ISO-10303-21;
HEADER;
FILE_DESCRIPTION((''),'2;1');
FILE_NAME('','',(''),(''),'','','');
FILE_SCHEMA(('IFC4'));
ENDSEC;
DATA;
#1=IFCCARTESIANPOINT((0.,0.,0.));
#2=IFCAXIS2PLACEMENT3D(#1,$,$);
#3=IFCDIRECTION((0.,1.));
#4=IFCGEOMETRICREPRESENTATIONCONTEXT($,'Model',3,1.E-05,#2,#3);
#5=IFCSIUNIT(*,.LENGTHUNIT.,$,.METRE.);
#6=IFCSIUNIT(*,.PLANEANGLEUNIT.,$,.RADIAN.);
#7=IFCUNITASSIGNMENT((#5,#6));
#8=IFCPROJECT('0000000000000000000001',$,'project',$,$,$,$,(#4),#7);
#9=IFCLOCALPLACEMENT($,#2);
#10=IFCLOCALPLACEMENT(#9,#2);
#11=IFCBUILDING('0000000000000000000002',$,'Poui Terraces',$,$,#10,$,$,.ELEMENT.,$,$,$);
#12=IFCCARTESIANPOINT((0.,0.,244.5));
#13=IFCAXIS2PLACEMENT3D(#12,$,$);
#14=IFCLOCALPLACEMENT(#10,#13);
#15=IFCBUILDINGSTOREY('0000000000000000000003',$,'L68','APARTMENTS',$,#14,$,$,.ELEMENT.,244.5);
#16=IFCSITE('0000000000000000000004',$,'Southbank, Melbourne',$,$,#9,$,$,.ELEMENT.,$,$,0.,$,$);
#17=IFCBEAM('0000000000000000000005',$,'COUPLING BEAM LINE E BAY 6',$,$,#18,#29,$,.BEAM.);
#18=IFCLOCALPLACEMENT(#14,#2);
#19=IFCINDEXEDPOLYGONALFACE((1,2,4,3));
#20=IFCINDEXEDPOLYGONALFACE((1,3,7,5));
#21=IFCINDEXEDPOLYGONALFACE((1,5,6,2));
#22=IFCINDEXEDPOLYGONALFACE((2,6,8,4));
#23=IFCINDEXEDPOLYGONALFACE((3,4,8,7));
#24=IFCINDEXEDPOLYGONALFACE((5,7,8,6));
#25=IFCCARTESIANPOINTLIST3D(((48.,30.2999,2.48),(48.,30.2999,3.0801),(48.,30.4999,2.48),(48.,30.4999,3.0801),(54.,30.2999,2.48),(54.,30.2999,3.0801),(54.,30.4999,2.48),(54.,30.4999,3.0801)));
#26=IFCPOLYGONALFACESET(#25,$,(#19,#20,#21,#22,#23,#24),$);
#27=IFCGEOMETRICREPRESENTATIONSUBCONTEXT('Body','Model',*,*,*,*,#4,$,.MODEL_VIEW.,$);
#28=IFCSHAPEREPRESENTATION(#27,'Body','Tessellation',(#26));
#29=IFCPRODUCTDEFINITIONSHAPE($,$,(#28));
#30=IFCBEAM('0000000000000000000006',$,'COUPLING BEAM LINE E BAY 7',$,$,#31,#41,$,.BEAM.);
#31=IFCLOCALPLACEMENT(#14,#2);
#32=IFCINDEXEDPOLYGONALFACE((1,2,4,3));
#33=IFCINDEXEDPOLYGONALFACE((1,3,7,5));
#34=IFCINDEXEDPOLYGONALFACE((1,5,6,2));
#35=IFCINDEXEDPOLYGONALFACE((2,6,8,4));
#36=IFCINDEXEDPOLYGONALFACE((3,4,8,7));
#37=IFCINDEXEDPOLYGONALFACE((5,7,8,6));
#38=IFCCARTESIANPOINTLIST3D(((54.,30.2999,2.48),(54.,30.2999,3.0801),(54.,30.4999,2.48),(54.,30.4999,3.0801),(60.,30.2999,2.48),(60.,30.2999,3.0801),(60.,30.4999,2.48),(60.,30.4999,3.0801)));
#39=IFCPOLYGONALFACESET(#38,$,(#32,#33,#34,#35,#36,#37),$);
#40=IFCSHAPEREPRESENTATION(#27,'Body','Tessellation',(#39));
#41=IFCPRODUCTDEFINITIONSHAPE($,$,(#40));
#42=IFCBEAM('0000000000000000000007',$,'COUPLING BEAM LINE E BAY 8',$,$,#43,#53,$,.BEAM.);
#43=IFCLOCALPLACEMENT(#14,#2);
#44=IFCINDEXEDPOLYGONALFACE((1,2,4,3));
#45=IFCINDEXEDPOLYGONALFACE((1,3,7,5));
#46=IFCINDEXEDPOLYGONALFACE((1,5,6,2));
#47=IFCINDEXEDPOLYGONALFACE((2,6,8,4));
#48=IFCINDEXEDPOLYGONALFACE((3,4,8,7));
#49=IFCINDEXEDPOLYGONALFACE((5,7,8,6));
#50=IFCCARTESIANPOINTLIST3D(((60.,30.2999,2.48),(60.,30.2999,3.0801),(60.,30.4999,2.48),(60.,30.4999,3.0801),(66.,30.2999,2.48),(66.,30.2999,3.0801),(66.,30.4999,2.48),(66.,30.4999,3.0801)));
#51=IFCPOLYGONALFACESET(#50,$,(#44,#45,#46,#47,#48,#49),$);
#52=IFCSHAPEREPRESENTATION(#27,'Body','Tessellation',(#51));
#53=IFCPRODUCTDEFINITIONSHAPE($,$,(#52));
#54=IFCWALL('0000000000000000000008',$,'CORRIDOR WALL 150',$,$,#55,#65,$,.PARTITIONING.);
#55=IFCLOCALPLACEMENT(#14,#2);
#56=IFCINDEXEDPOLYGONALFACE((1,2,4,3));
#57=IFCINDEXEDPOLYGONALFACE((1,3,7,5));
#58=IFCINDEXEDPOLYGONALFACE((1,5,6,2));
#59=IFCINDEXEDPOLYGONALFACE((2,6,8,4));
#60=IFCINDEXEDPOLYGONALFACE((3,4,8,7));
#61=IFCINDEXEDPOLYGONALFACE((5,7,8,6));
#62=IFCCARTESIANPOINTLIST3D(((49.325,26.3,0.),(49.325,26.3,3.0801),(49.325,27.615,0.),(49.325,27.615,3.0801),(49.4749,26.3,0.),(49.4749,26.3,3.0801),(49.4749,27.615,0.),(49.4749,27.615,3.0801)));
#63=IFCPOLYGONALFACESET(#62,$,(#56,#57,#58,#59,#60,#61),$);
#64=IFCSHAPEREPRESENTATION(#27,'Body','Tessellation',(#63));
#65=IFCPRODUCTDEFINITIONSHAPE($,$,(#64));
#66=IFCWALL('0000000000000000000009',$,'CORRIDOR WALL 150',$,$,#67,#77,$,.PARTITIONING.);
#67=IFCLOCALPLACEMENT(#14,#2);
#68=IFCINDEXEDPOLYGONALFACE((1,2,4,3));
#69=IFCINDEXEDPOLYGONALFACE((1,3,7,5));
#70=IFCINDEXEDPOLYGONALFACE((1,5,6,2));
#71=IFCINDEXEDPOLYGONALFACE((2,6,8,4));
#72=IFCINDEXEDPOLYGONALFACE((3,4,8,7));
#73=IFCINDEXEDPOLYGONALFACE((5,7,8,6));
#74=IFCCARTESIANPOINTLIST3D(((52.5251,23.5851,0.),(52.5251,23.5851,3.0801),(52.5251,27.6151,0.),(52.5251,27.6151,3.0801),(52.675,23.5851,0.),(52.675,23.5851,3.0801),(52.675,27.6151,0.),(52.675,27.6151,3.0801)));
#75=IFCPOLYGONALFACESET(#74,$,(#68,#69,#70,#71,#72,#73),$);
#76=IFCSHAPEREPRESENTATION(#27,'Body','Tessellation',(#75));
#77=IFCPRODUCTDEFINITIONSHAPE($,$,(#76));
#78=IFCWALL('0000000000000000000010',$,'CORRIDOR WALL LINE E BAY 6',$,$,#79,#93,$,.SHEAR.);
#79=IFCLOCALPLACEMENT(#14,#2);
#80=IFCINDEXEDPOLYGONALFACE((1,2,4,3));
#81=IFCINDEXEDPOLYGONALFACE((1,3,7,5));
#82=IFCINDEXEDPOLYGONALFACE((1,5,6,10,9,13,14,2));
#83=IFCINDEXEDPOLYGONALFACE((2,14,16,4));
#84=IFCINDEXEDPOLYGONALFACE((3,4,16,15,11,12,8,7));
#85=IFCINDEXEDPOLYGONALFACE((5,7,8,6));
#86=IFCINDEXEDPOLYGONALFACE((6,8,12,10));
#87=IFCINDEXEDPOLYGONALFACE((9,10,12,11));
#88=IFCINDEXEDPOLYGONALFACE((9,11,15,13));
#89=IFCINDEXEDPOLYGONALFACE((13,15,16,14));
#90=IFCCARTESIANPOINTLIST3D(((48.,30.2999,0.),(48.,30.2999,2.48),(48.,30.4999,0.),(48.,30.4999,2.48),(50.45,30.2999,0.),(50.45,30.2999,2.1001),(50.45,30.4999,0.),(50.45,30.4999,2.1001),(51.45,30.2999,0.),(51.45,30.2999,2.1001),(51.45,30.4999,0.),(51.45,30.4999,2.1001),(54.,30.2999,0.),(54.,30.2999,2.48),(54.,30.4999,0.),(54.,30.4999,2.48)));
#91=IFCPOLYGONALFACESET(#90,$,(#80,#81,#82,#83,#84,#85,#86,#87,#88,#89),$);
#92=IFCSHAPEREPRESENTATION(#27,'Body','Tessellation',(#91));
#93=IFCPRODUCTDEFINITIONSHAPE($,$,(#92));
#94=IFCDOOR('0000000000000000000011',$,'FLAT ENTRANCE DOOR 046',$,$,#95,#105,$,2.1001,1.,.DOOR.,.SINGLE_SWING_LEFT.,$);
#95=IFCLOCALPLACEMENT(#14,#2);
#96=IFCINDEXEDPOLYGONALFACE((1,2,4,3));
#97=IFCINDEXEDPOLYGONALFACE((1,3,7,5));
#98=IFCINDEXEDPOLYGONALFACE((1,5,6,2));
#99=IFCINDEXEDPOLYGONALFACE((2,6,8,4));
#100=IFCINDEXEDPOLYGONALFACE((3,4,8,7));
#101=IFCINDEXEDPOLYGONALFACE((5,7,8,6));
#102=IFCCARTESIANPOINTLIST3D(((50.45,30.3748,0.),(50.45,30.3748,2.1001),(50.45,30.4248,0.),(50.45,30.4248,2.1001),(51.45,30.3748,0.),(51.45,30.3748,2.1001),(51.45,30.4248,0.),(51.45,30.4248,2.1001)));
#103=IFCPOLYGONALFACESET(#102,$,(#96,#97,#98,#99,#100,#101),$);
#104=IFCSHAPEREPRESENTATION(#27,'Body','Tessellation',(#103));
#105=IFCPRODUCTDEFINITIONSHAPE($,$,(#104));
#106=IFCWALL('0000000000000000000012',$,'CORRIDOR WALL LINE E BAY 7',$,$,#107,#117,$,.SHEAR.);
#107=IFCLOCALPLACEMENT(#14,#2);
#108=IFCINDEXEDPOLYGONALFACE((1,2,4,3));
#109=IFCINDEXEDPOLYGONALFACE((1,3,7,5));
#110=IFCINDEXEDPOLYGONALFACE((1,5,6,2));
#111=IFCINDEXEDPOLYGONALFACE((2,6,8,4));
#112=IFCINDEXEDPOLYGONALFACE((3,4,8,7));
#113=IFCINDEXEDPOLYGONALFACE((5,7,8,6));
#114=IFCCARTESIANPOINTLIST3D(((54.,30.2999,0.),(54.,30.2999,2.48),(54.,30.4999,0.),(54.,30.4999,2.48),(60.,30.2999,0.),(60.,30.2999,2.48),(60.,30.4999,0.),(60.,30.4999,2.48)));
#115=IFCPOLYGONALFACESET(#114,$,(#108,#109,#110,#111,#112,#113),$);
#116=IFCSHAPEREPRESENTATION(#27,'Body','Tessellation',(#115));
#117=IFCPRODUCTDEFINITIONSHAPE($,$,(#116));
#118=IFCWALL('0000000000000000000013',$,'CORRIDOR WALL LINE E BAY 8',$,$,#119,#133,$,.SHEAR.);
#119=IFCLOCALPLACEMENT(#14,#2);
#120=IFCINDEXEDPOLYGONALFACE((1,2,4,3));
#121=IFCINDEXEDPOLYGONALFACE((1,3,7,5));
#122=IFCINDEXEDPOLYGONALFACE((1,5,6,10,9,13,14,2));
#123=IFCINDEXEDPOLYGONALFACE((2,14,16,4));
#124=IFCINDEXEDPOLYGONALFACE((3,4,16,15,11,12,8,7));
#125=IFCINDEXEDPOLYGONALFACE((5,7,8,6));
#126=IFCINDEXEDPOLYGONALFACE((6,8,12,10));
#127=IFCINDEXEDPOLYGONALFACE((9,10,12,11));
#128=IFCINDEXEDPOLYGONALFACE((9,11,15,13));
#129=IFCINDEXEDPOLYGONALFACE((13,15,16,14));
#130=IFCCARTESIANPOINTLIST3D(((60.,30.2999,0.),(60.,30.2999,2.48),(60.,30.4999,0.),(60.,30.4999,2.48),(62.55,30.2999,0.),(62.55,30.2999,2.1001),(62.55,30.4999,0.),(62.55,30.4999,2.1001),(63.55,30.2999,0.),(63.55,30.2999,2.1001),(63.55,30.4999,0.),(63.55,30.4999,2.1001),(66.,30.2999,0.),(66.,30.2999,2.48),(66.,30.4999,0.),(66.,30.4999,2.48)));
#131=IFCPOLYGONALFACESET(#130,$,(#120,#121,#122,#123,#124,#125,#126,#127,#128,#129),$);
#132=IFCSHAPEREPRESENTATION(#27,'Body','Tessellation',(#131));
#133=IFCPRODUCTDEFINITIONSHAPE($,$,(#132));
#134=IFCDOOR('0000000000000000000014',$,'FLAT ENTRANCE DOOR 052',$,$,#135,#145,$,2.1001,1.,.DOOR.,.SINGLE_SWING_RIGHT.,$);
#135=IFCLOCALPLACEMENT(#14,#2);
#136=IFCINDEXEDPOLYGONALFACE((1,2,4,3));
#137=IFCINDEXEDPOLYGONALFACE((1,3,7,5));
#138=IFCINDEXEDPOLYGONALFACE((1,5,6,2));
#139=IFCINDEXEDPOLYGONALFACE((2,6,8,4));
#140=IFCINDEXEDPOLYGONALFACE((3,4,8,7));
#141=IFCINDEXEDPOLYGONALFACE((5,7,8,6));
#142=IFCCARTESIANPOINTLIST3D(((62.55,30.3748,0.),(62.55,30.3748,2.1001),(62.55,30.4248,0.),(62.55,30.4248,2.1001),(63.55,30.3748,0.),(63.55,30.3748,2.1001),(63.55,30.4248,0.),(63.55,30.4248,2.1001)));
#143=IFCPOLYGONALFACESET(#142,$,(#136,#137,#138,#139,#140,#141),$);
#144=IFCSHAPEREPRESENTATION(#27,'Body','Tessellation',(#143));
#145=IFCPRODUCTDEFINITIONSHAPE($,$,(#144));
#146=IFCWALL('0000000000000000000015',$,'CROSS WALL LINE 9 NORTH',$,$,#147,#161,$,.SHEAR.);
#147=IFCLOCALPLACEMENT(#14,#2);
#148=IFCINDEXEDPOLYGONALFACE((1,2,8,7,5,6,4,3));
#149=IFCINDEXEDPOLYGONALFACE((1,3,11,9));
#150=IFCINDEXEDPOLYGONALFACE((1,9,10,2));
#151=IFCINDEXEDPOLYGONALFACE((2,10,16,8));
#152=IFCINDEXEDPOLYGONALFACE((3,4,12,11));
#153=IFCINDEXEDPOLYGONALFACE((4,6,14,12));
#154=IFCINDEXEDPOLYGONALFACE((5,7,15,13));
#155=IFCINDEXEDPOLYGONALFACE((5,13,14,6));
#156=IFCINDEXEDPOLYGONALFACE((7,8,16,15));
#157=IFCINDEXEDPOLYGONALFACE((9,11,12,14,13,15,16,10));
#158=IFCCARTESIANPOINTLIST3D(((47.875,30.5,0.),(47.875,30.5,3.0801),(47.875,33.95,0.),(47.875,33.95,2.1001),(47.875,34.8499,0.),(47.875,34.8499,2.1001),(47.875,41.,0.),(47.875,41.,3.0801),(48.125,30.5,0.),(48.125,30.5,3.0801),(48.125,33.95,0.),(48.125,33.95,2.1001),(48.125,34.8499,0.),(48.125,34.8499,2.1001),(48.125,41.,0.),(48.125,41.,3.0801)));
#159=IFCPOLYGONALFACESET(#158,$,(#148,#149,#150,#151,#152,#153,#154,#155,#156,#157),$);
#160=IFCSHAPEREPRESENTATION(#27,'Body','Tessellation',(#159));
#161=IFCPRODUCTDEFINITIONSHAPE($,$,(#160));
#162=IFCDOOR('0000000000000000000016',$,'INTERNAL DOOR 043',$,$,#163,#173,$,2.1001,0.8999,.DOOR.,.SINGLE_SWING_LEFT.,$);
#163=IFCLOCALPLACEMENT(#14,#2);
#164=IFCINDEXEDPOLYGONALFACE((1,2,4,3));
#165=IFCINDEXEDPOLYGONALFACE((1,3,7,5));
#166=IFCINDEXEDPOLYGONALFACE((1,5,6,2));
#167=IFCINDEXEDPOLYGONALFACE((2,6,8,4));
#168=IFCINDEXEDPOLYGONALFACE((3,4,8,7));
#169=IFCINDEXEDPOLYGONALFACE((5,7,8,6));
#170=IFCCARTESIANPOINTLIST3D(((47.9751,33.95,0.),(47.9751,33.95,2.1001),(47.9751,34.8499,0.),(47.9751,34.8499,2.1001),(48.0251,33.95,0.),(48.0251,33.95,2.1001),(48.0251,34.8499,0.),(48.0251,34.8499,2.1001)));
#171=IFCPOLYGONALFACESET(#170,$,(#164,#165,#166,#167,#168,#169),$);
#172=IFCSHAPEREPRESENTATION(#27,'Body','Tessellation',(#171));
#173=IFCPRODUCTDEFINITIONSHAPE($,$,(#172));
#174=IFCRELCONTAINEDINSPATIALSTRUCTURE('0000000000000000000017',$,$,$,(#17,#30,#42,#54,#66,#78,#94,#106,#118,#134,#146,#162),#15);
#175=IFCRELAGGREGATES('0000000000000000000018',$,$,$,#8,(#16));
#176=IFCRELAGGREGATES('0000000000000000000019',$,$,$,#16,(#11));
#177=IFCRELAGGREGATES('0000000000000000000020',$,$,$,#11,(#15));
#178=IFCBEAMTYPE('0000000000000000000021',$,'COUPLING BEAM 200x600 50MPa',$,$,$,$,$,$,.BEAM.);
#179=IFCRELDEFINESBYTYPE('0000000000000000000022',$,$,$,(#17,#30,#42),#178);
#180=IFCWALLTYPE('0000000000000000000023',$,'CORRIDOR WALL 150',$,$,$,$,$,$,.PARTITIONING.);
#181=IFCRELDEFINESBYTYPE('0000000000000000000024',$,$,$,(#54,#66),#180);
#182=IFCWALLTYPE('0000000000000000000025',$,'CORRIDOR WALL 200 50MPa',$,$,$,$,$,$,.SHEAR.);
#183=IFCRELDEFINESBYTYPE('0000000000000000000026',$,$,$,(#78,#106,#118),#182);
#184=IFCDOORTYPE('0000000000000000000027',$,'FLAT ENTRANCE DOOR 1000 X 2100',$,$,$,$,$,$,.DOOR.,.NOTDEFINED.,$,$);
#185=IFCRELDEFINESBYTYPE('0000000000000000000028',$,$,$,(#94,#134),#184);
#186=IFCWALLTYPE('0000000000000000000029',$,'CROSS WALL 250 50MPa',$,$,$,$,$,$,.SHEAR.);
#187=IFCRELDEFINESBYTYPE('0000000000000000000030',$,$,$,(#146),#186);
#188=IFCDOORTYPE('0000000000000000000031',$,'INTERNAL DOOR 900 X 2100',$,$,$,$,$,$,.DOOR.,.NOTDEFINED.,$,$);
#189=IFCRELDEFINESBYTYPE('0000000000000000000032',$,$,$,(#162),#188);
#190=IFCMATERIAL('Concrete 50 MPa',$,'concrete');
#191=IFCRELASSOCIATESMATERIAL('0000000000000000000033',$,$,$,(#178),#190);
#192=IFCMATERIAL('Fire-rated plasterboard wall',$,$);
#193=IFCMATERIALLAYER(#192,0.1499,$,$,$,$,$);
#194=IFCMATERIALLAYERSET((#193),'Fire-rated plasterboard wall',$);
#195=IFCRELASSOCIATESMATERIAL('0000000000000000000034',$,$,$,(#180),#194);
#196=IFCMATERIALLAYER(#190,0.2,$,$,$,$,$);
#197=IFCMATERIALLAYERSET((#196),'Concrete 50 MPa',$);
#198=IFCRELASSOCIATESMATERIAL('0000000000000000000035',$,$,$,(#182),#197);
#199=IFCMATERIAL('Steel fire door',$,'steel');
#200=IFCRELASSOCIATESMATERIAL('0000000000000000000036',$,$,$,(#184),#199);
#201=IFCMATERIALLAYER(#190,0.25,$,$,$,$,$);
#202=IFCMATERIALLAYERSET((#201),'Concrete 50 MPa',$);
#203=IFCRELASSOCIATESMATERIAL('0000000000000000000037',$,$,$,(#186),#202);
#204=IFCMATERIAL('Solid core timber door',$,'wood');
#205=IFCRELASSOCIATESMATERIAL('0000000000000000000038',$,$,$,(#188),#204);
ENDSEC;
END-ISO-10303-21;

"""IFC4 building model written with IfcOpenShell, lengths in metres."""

from ifc_helpers import new_model, si_unit, direction, frame, frame_2d, origin, origin_2d, place, context, subcontext, project, spatial, rectangle, extrude, source, transform, mapped, material, layer, layer_set, material_profile, profile_set, type_object, element, fill, save


model = new_model("IFC4")

# Units and contexts
model_context = context("Model", 3, precision=1e-05, world=origin(), true_north=direction((0.0, 1.0)))
body_context = subcontext(model_context, "Body", "Model", "MODEL_VIEW")
ifc_project = project(units=[si_unit("LENGTHUNIT", "METRE"), si_unit("PLANEANGLEUNIT", "RADIAN")], contexts=[model_context])

# Site, building, storey
site_placement = place(None, origin())
site = spatial("IfcSite", under=ifc_project, at=site_placement, Name="Southbank, Melbourne", CompositionType="ELEMENT", RefElevation=0.0)
building_placement = place(site_placement, origin())
building = spatial("IfcBuilding", under=site, at=building_placement, Name="Poui Terraces", CompositionType="ELEMENT")
storey_placement = place(building_placement, frame((0.0, 0.0, 244.5)))
storey = spatial("IfcBuildingStorey", under=building, at=storey_placement, Name="L68", Description="APARTMENTS", CompositionType="ELEMENT", Elevation=244.5)

# Beams
ifc_material_1 = material(Name="Concrete 50 MPa", Category="concrete")
ifc_material_profile = material_profile(ifc_material_1, rectangle(XDim=0.2, YDim=0.6001, at=origin_2d()), Name="RC 200x600")
ifc_profile_set = profile_set([ifc_material_profile], Name="Concrete 50 MPa")
beam_type = type_object("IfcBeamType", Name="COUPLING BEAM 200x600 50MPa", PredefinedType="BEAM", material=ifc_profile_set)
shared_shape = source(origin(), body_context, "Body", "SweptSolid", [
    extrude(rectangle(XDim=0.2, YDim=0.6001, at=origin_2d()), origin(), (0.0, 0.0, 1.0), 6.0),
])
for number, where, z_axis, x_axis, name in (
    (1, (48.0, 30.3999, 2.78), (1.0, 0.0, 0.0), (0.0, 1.0, 0.0), "COUPLING BEAM LINE E BAY 6"),
    (2, (54.0, 30.3999, 2.78), (1.0, 0.0, 0.0), (0.0, 1.0, 0.0), "COUPLING BEAM LINE E BAY 7"),
    (3, (60.0, 30.3999, 2.78), (1.0, 0.0, 0.0), (0.0, 1.0, 0.0), "COUPLING BEAM LINE E BAY 8"),
):
    element("IfcBeam", number, at=place(storey_placement, frame(where, z_axis=z_axis, x_axis=x_axis)), inside=storey, type_object=beam_type, Name=name, PredefinedType="BEAM", context=body_context, shape_type="MappedRepresentation", body=[
        mapped(shared_shape, transform((0.0, 0.0, 0.0))),
    ])

# Walls
ifc_material_2 = material(Name="Fire-rated plasterboard wall")
ifc_layer_1 = layer(ifc_material_2, 0.1499)
ifc_layer_set_1 = layer_set([ifc_layer_1], Name="Fire-rated plasterboard wall")
wall_type_1 = type_object("IfcWallType", Name="CORRIDOR WALL 150", PredefinedType="PARTITIONING", material=ifc_layer_set_1)
wall_1_placement = place(storey_placement, frame((49.3999, 26.3, 0.0), z_axis=(0.0, 0.0, 1.0), x_axis=(0.0, 1.0, 0.0)))
element("IfcWall", 4, at=wall_1_placement, inside=storey, type_object=wall_type_1, Name="CORRIDOR WALL 150", PredefinedType="PARTITIONING", context=body_context, shape_type="SweptSolid", body=[
    extrude(rectangle(XDim=1.3149, YDim=0.1499, at=frame_2d((0.6575, 0.0))), origin(), (0.0, 0.0, 1.0), 3.0801),
])
wall_2_placement = place(storey_placement, frame((52.6001, 23.585, 0.0), z_axis=(0.0, 0.0, 1.0), x_axis=(0.0, 1.0, 0.0)))
element("IfcWall", 5, at=wall_2_placement, inside=storey, type_object=wall_type_1, Name="CORRIDOR WALL 150", PredefinedType="PARTITIONING", context=body_context, shape_type="SweptSolid", body=[
    extrude(rectangle(XDim=4.03, YDim=0.1499, at=frame_2d((2.0151, 0.0))), origin(), (0.0, 0.0, 1.0), 3.0801),
])

# Wall, opening, door
ifc_layer_2 = layer(ifc_material_1, 0.2)
ifc_layer_set_2 = layer_set([ifc_layer_2], Name="Concrete 50 MPa")
wall_type_2 = type_object("IfcWallType", Name="CORRIDOR WALL 200 50MPa", PredefinedType="SHEAR", material=ifc_layer_set_2)
wall_3_placement = place(storey_placement, frame((48.0, 30.3999, 0.0), z_axis=(0.0, 0.0, 1.0), x_axis=(1.0, 0.0, 0.0)))
wall_3 = element("IfcWall", 6, at=wall_3_placement, inside=storey, type_object=wall_type_2, Name="CORRIDOR WALL LINE E BAY 6", PredefinedType="SHEAR", context=body_context, shape_type="SweptSolid", body=[
    extrude(rectangle(XDim=6.0, YDim=0.2, at=frame_2d((3.0, 0.0))), origin(), (0.0, 0.0, 1.0), 2.48),
])
opening_1_placement = place(wall_3_placement, frame((2.45, 0.0, 0.0)))
opening_1 = element("IfcOpeningElement", 7, at=opening_1_placement, cuts=wall_3, PredefinedType="OPENING", context=body_context, shape_type="SweptSolid", body=[
    extrude(rectangle(XDim=1.0, YDim=2.1001, at=frame_2d((0.5, 1.05))), frame((0.0, 0.1099, 0.0), z_axis=(0.0, -1.0, 0.0), x_axis=(1.0, 0.0, 0.0)), (0.0, 0.0, 1.0), 0.22),
])
ifc_material_3 = material(Name="Steel fire door", Category="steel")
door_type_1 = type_object("IfcDoorType", Name="FLAT ENTRANCE DOOR 1000 X 2100", OperationType="NOTDEFINED", PredefinedType="DOOR", material=ifc_material_3)
door_1_placement = place(opening_1_placement, origin())
door_1 = element("IfcDoor", 8, at=door_1_placement, inside=storey, type_object=door_type_1, Name="FLAT ENTRANCE DOOR 046", OperationType="SINGLE_SWING_LEFT", OverallHeight=2.1001, OverallWidth=1.0, PredefinedType="DOOR", context=body_context, shape_type="SweptSolid", body=[
    extrude(rectangle(XDim=1.0, YDim=2.1001, at=frame_2d((0.5, 1.05))), frame((0.0, 0.0249, 0.0), z_axis=(0.0, -1.0, 0.0), x_axis=(1.0, 0.0, 0.0)), (0.0, 0.0, 1.0), 0.05),
])
fill(opening_1, door_1)

# Wall
wall_4_placement = place(storey_placement, frame((54.0, 30.3999, 0.0), z_axis=(0.0, 0.0, 1.0), x_axis=(1.0, 0.0, 0.0)))
element("IfcWall", 9, at=wall_4_placement, inside=storey, type_object=wall_type_2, Name="CORRIDOR WALL LINE E BAY 7", PredefinedType="SHEAR", context=body_context, shape_type="SweptSolid", body=[
    extrude(rectangle(XDim=6.0, YDim=0.2, at=frame_2d((3.0, 0.0))), origin(), (0.0, 0.0, 1.0), 2.48),
])

# Walls, openings, doors
wall_5_placement = place(storey_placement, frame((60.0, 30.3999, 0.0), z_axis=(0.0, 0.0, 1.0), x_axis=(1.0, 0.0, 0.0)))
wall_5 = element("IfcWall", 10, at=wall_5_placement, inside=storey, type_object=wall_type_2, Name="CORRIDOR WALL LINE E BAY 8", PredefinedType="SHEAR", context=body_context, shape_type="SweptSolid", body=[
    extrude(rectangle(XDim=6.0, YDim=0.2, at=frame_2d((3.0, 0.0))), origin(), (0.0, 0.0, 1.0), 2.48),
])
opening_2_placement = place(wall_5_placement, frame((2.55, 0.0, 0.0)))
opening_2 = element("IfcOpeningElement", 11, at=opening_2_placement, cuts=wall_5, PredefinedType="OPENING", context=body_context, shape_type="SweptSolid", body=[
    extrude(rectangle(XDim=1.0, YDim=2.1001, at=frame_2d((0.5, 1.05))), frame((0.0, 0.1099, 0.0), z_axis=(0.0, -1.0, 0.0), x_axis=(1.0, 0.0, 0.0)), (0.0, 0.0, 1.0), 0.22),
])
door_2_placement = place(opening_2_placement, origin())
door_2 = element("IfcDoor", 12, at=door_2_placement, inside=storey, type_object=door_type_1, Name="FLAT ENTRANCE DOOR 052", OperationType="SINGLE_SWING_RIGHT", OverallHeight=2.1001, OverallWidth=1.0, PredefinedType="DOOR", context=body_context, shape_type="SweptSolid", body=[
    extrude(rectangle(XDim=1.0, YDim=2.1001, at=frame_2d((0.5, 1.05))), frame((0.0, 0.0249, 0.0), z_axis=(0.0, -1.0, 0.0), x_axis=(1.0, 0.0, 0.0)), (0.0, 0.0, 1.0), 0.05),
])
fill(opening_2, door_2)
ifc_layer_3 = layer(ifc_material_1, 0.25)
ifc_layer_set_3 = layer_set([ifc_layer_3], Name="Concrete 50 MPa")
wall_type_3 = type_object("IfcWallType", Name="CROSS WALL 250 50MPa", PredefinedType="SHEAR", material=ifc_layer_set_3)
wall_6_placement = place(storey_placement, frame((48.0, 30.5, 0.0), z_axis=(0.0, 0.0, 1.0), x_axis=(0.0, 1.0, 0.0)))
wall_6 = element("IfcWall", 13, at=wall_6_placement, inside=storey, type_object=wall_type_3, Name="CROSS WALL LINE 9 NORTH", PredefinedType="SHEAR", context=body_context, shape_type="SweptSolid", body=[
    extrude(rectangle(XDim=10.5, YDim=0.25, at=frame_2d((5.25, 0.0))), origin(), (0.0, 0.0, 1.0), 3.0801),
])
opening_3_placement = place(wall_6_placement, frame((3.45, 0.0, 0.0)))
opening_3 = element("IfcOpeningElement", 14, at=opening_3_placement, cuts=wall_6, PredefinedType="OPENING", context=body_context, shape_type="SweptSolid", body=[
    extrude(rectangle(XDim=0.8999, YDim=2.1001, at=frame_2d((0.45, 1.05))), frame((0.0, 0.135, 0.0), z_axis=(0.0, -1.0, 0.0), x_axis=(1.0, 0.0, 0.0)), (0.0, 0.0, 1.0), 0.27),
])
ifc_material_4 = material(Name="Solid core timber door", Category="wood")
door_type_2 = type_object("IfcDoorType", Name="INTERNAL DOOR 900 X 2100", OperationType="NOTDEFINED", PredefinedType="DOOR", material=ifc_material_4)
door_3_placement = place(opening_3_placement, origin())
door_3 = element("IfcDoor", 15, at=door_3_placement, inside=storey, type_object=door_type_2, Name="INTERNAL DOOR 043", OperationType="SINGLE_SWING_LEFT", OverallHeight=2.1001, OverallWidth=0.8999, PredefinedType="DOOR", context=body_context, shape_type="SweptSolid", body=[
    extrude(rectangle(XDim=0.8999, YDim=2.1001, at=frame_2d((0.45, 1.05))), frame((0.0, 0.0249, 0.0), z_axis=(0.0, -1.0, 0.0), x_axis=(1.0, 0.0, 0.0)), (0.0, 0.0, 1.0), 0.05),
])
fill(opening_3, door_3)

save(model, "model.ifc")
